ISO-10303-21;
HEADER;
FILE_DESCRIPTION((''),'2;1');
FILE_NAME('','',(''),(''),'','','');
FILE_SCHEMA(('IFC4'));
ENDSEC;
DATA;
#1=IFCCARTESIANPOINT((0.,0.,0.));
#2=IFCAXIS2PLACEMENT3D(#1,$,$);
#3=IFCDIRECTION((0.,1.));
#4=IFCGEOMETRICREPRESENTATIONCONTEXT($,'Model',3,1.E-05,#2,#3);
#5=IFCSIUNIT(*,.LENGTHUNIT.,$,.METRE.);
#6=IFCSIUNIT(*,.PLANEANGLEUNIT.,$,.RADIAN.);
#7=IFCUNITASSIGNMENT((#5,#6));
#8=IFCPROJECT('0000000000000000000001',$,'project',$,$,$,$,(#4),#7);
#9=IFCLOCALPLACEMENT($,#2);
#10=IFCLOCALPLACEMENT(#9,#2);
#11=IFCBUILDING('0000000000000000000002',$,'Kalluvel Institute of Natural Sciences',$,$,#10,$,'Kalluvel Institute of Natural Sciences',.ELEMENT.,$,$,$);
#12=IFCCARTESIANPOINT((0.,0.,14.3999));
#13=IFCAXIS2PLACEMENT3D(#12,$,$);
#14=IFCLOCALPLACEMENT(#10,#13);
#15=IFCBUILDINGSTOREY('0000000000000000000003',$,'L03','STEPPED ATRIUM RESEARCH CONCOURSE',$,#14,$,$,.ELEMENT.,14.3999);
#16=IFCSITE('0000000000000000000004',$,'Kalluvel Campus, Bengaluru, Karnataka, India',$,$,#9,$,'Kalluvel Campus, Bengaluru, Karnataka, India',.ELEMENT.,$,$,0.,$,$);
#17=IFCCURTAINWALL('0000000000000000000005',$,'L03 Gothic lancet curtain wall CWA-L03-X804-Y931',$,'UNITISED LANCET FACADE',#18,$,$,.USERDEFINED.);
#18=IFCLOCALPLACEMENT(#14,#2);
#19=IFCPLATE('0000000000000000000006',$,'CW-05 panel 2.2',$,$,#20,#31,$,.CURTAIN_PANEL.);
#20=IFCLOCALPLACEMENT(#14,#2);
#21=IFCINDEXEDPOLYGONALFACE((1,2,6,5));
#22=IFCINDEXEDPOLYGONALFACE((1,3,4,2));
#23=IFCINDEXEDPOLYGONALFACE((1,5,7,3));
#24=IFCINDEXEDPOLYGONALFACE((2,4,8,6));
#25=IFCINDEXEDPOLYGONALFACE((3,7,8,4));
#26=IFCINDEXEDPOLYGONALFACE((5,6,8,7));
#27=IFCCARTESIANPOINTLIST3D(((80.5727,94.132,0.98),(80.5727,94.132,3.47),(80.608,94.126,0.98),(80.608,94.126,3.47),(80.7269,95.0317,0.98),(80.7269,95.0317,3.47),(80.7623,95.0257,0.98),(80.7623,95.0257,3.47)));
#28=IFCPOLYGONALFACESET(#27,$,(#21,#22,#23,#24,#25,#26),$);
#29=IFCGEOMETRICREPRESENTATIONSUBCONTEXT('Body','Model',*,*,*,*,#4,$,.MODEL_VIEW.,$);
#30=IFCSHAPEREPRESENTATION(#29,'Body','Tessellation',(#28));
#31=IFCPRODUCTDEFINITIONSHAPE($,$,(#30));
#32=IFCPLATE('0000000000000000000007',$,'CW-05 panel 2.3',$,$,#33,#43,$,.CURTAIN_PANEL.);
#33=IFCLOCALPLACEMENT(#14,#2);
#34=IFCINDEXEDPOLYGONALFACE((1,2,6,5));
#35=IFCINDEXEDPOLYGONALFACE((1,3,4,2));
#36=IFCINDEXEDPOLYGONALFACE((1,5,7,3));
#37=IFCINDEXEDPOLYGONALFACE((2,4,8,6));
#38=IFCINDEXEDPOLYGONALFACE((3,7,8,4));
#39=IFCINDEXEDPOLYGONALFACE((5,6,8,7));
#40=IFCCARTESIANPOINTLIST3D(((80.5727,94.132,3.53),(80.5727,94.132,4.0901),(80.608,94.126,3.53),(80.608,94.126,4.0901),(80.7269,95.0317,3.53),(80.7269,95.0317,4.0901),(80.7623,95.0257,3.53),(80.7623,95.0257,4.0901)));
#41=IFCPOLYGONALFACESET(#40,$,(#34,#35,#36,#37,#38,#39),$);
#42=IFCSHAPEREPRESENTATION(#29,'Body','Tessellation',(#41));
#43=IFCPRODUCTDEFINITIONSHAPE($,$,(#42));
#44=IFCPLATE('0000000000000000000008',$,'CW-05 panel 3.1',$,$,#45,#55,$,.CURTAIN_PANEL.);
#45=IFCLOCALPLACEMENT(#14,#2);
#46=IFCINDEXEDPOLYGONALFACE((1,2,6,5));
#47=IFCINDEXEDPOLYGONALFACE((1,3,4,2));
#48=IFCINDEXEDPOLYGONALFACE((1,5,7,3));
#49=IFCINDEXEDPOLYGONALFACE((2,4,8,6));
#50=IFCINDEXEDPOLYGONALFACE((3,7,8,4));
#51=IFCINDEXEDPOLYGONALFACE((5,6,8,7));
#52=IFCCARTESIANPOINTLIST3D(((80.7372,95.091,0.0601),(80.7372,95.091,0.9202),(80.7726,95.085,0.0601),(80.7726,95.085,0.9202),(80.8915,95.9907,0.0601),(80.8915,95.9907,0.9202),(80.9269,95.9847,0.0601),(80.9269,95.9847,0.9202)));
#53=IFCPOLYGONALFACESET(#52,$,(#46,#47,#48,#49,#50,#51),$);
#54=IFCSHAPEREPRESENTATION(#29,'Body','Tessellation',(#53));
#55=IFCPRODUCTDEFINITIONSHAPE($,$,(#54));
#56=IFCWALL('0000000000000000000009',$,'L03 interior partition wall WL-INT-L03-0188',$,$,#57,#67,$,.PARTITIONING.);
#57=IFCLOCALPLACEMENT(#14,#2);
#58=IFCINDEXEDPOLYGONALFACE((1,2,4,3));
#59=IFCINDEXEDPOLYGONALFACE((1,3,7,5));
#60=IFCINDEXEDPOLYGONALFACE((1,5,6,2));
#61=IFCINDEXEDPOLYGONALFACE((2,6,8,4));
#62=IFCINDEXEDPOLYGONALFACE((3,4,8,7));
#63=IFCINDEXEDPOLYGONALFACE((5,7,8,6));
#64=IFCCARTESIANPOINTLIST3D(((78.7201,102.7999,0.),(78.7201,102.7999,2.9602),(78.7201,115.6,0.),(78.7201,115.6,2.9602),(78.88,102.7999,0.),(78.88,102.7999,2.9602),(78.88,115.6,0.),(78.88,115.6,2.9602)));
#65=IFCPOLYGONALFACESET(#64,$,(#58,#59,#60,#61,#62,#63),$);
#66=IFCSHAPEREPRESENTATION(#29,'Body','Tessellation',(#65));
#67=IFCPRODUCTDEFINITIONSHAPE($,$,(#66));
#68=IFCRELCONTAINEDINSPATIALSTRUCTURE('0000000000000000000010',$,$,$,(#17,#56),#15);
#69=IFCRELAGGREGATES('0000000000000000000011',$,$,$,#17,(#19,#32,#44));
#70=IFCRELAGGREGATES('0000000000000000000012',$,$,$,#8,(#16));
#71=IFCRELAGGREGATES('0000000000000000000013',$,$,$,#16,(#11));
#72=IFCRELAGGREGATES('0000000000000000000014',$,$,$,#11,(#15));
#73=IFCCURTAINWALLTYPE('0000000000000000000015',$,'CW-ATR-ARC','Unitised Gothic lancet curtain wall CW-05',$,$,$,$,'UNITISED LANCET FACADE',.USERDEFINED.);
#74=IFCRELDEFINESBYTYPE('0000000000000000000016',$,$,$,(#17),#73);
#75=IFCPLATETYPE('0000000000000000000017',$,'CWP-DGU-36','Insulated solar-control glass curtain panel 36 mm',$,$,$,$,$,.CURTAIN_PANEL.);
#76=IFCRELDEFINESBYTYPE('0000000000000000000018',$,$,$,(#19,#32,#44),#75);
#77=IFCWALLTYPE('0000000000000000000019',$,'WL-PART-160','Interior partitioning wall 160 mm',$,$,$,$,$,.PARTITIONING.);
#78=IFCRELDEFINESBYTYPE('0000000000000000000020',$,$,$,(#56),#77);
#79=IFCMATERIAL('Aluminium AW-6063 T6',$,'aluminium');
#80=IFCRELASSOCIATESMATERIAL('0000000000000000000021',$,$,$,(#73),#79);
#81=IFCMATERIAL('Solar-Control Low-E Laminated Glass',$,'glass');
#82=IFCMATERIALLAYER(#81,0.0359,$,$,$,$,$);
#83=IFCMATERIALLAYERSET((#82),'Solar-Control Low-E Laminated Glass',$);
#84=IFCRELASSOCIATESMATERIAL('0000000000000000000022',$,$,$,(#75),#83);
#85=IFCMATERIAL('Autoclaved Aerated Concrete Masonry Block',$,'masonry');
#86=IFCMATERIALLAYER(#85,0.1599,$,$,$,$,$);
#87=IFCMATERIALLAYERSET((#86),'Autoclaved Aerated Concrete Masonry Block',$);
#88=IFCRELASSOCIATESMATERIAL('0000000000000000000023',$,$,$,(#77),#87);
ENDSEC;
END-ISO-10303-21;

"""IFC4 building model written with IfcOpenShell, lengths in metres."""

from ifc_helpers import new_model, si_unit, direction, frame, frame_2d, origin, origin_2d, place, context, subcontext, project, spatial, rectangle, extrude, material, layer, layer_set, type_object, element, aggregate, save


model = new_model("IFC4")

# Units and contexts
model_context = context("Model", 3, precision=1e-05, world=origin(), true_north=direction((0.0, 1.0)))
body_context = subcontext(model_context, "Body", "Model", "MODEL_VIEW")
ifc_project = project(units=[si_unit("LENGTHUNIT", "METRE"), si_unit("PLANEANGLEUNIT", "RADIAN")], contexts=[model_context])

# Site, building, storey
site_placement = place(None, origin())
site = spatial("IfcSite", under=ifc_project, at=site_placement, Name="Kalluvel Campus, Bengaluru, Karnataka, India", LongName="Kalluvel Campus, Bengaluru, Karnataka, India", CompositionType="ELEMENT", RefElevation=0.0)
building_placement = place(site_placement, origin())
building = spatial("IfcBuilding", under=site, at=building_placement, Name="Kalluvel Institute of Natural Sciences", LongName="Kalluvel Institute of Natural Sciences", CompositionType="ELEMENT")
storey_placement = place(building_placement, frame((0.0, 0.0, 14.3999)))
storey = spatial("IfcBuildingStorey", under=building, at=storey_placement, Name="L03", Description="STEPPED ATRIUM RESEARCH CONCOURSE", CompositionType="ELEMENT", Elevation=14.3999)

# Curtain wall
ifc_material_1 = material(Name="Aluminium AW-6063 T6", Category="aluminium")
curtain_wall_type = type_object("IfcCurtainWallType", Name="CW-ATR-ARC", Description="Unitised Gothic lancet curtain wall CW-05", ElementType="UNITISED LANCET FACADE", PredefinedType="USERDEFINED", material=ifc_material_1)
curtain_wall_placement = place(storey_placement, origin())
curtain_wall = element("IfcCurtainWall", 1, at=curtain_wall_placement, inside=storey, type_object=curtain_wall_type, Name="L03 Gothic lancet curtain wall CWA-L03-X804-Y931", ObjectType="UNITISED LANCET FACADE", PredefinedType="USERDEFINED")

# Plates
ifc_material_2 = material(Name="Solar-Control Low-E Laminated Glass", Category="glass")
ifc_layer_1 = layer(ifc_material_2, 0.0359)
ifc_layer_set_1 = layer_set([ifc_layer_1], Name="Solar-Control Low-E Laminated Glass")
plate_type = type_object("IfcPlateType", Name="CWP-DGU-36", Description="Insulated solar-control glass curtain panel 36 mm", PredefinedType="CURTAIN_PANEL", material=ifc_layer_set_1)
plate_1_placement = place(storey_placement, frame((80.6675, 94.5789, 0.98), z_axis=(0.0, 0.0, 1.0), x_axis=(0.168997, 0.985617, 0.0)))
plate_1 = element("IfcPlate", 2, at=plate_1_placement, type_object=plate_type, Name="CW-05 panel 2.2", PredefinedType="CURTAIN_PANEL", context=body_context, shape_type="SweptSolid", body=[
    extrude(rectangle(XDim=0.9128, YDim=0.0359, at=origin_2d()), origin(), (0.0, 0.0, 1.0), 2.49),
])
plate_2_placement = place(storey_placement, frame((80.6675, 94.5789, 3.53), z_axis=(0.0, 0.0, 1.0), x_axis=(0.168997, 0.985617, 0.0)))
plate_2 = element("IfcPlate", 3, at=plate_2_placement, type_object=plate_type, Name="CW-05 panel 2.3", PredefinedType="CURTAIN_PANEL", context=body_context, shape_type="SweptSolid", body=[
    extrude(rectangle(XDim=0.9128, YDim=0.0359, at=origin_2d()), origin(), (0.0, 0.0, 1.0), 0.5601),
])
plate_3_placement = place(storey_placement, frame((80.832, 95.5378, 0.0601), z_axis=(0.0, 0.0, 1.0), x_axis=(0.168997, 0.985617, 0.0)))
plate_3 = element("IfcPlate", 4, at=plate_3_placement, type_object=plate_type, Name="CW-05 panel 3.1", PredefinedType="CURTAIN_PANEL", context=body_context, shape_type="SweptSolid", body=[
    extrude(rectangle(XDim=0.9128, YDim=0.0359, at=origin_2d()), origin(), (0.0, 0.0, 1.0), 0.8601),
])
aggregate(curtain_wall, [plate_1, plate_2, plate_3])

# Wall
ifc_material_3 = material(Name="Autoclaved Aerated Concrete Masonry Block", Category="masonry")
ifc_layer_2 = layer(ifc_material_3, 0.1599)
ifc_layer_set_2 = layer_set([ifc_layer_2], Name="Autoclaved Aerated Concrete Masonry Block")
wall_type = type_object("IfcWallType", Name="WL-PART-160", Description="Interior partitioning wall 160 mm", PredefinedType="PARTITIONING", material=ifc_layer_set_2)
wall_placement = place(storey_placement, frame((78.8, 102.8, 0.0), z_axis=(0.0, 0.0, 1.0), x_axis=(0.0, 1.0, 0.0)))
element("IfcWall", 5, at=wall_placement, inside=storey, type_object=wall_type, Name="L03 interior partition wall WL-INT-L03-0188", PredefinedType="PARTITIONING", context=body_context, shape_type="SweptSolid", body=[
    extrude(rectangle(XDim=12.8, YDim=0.1599, at=frame_2d((6.3999, 0.0))), origin(), (0.0, 0.0, 1.0), 2.9602),
])

save(model, "model.ifc")
